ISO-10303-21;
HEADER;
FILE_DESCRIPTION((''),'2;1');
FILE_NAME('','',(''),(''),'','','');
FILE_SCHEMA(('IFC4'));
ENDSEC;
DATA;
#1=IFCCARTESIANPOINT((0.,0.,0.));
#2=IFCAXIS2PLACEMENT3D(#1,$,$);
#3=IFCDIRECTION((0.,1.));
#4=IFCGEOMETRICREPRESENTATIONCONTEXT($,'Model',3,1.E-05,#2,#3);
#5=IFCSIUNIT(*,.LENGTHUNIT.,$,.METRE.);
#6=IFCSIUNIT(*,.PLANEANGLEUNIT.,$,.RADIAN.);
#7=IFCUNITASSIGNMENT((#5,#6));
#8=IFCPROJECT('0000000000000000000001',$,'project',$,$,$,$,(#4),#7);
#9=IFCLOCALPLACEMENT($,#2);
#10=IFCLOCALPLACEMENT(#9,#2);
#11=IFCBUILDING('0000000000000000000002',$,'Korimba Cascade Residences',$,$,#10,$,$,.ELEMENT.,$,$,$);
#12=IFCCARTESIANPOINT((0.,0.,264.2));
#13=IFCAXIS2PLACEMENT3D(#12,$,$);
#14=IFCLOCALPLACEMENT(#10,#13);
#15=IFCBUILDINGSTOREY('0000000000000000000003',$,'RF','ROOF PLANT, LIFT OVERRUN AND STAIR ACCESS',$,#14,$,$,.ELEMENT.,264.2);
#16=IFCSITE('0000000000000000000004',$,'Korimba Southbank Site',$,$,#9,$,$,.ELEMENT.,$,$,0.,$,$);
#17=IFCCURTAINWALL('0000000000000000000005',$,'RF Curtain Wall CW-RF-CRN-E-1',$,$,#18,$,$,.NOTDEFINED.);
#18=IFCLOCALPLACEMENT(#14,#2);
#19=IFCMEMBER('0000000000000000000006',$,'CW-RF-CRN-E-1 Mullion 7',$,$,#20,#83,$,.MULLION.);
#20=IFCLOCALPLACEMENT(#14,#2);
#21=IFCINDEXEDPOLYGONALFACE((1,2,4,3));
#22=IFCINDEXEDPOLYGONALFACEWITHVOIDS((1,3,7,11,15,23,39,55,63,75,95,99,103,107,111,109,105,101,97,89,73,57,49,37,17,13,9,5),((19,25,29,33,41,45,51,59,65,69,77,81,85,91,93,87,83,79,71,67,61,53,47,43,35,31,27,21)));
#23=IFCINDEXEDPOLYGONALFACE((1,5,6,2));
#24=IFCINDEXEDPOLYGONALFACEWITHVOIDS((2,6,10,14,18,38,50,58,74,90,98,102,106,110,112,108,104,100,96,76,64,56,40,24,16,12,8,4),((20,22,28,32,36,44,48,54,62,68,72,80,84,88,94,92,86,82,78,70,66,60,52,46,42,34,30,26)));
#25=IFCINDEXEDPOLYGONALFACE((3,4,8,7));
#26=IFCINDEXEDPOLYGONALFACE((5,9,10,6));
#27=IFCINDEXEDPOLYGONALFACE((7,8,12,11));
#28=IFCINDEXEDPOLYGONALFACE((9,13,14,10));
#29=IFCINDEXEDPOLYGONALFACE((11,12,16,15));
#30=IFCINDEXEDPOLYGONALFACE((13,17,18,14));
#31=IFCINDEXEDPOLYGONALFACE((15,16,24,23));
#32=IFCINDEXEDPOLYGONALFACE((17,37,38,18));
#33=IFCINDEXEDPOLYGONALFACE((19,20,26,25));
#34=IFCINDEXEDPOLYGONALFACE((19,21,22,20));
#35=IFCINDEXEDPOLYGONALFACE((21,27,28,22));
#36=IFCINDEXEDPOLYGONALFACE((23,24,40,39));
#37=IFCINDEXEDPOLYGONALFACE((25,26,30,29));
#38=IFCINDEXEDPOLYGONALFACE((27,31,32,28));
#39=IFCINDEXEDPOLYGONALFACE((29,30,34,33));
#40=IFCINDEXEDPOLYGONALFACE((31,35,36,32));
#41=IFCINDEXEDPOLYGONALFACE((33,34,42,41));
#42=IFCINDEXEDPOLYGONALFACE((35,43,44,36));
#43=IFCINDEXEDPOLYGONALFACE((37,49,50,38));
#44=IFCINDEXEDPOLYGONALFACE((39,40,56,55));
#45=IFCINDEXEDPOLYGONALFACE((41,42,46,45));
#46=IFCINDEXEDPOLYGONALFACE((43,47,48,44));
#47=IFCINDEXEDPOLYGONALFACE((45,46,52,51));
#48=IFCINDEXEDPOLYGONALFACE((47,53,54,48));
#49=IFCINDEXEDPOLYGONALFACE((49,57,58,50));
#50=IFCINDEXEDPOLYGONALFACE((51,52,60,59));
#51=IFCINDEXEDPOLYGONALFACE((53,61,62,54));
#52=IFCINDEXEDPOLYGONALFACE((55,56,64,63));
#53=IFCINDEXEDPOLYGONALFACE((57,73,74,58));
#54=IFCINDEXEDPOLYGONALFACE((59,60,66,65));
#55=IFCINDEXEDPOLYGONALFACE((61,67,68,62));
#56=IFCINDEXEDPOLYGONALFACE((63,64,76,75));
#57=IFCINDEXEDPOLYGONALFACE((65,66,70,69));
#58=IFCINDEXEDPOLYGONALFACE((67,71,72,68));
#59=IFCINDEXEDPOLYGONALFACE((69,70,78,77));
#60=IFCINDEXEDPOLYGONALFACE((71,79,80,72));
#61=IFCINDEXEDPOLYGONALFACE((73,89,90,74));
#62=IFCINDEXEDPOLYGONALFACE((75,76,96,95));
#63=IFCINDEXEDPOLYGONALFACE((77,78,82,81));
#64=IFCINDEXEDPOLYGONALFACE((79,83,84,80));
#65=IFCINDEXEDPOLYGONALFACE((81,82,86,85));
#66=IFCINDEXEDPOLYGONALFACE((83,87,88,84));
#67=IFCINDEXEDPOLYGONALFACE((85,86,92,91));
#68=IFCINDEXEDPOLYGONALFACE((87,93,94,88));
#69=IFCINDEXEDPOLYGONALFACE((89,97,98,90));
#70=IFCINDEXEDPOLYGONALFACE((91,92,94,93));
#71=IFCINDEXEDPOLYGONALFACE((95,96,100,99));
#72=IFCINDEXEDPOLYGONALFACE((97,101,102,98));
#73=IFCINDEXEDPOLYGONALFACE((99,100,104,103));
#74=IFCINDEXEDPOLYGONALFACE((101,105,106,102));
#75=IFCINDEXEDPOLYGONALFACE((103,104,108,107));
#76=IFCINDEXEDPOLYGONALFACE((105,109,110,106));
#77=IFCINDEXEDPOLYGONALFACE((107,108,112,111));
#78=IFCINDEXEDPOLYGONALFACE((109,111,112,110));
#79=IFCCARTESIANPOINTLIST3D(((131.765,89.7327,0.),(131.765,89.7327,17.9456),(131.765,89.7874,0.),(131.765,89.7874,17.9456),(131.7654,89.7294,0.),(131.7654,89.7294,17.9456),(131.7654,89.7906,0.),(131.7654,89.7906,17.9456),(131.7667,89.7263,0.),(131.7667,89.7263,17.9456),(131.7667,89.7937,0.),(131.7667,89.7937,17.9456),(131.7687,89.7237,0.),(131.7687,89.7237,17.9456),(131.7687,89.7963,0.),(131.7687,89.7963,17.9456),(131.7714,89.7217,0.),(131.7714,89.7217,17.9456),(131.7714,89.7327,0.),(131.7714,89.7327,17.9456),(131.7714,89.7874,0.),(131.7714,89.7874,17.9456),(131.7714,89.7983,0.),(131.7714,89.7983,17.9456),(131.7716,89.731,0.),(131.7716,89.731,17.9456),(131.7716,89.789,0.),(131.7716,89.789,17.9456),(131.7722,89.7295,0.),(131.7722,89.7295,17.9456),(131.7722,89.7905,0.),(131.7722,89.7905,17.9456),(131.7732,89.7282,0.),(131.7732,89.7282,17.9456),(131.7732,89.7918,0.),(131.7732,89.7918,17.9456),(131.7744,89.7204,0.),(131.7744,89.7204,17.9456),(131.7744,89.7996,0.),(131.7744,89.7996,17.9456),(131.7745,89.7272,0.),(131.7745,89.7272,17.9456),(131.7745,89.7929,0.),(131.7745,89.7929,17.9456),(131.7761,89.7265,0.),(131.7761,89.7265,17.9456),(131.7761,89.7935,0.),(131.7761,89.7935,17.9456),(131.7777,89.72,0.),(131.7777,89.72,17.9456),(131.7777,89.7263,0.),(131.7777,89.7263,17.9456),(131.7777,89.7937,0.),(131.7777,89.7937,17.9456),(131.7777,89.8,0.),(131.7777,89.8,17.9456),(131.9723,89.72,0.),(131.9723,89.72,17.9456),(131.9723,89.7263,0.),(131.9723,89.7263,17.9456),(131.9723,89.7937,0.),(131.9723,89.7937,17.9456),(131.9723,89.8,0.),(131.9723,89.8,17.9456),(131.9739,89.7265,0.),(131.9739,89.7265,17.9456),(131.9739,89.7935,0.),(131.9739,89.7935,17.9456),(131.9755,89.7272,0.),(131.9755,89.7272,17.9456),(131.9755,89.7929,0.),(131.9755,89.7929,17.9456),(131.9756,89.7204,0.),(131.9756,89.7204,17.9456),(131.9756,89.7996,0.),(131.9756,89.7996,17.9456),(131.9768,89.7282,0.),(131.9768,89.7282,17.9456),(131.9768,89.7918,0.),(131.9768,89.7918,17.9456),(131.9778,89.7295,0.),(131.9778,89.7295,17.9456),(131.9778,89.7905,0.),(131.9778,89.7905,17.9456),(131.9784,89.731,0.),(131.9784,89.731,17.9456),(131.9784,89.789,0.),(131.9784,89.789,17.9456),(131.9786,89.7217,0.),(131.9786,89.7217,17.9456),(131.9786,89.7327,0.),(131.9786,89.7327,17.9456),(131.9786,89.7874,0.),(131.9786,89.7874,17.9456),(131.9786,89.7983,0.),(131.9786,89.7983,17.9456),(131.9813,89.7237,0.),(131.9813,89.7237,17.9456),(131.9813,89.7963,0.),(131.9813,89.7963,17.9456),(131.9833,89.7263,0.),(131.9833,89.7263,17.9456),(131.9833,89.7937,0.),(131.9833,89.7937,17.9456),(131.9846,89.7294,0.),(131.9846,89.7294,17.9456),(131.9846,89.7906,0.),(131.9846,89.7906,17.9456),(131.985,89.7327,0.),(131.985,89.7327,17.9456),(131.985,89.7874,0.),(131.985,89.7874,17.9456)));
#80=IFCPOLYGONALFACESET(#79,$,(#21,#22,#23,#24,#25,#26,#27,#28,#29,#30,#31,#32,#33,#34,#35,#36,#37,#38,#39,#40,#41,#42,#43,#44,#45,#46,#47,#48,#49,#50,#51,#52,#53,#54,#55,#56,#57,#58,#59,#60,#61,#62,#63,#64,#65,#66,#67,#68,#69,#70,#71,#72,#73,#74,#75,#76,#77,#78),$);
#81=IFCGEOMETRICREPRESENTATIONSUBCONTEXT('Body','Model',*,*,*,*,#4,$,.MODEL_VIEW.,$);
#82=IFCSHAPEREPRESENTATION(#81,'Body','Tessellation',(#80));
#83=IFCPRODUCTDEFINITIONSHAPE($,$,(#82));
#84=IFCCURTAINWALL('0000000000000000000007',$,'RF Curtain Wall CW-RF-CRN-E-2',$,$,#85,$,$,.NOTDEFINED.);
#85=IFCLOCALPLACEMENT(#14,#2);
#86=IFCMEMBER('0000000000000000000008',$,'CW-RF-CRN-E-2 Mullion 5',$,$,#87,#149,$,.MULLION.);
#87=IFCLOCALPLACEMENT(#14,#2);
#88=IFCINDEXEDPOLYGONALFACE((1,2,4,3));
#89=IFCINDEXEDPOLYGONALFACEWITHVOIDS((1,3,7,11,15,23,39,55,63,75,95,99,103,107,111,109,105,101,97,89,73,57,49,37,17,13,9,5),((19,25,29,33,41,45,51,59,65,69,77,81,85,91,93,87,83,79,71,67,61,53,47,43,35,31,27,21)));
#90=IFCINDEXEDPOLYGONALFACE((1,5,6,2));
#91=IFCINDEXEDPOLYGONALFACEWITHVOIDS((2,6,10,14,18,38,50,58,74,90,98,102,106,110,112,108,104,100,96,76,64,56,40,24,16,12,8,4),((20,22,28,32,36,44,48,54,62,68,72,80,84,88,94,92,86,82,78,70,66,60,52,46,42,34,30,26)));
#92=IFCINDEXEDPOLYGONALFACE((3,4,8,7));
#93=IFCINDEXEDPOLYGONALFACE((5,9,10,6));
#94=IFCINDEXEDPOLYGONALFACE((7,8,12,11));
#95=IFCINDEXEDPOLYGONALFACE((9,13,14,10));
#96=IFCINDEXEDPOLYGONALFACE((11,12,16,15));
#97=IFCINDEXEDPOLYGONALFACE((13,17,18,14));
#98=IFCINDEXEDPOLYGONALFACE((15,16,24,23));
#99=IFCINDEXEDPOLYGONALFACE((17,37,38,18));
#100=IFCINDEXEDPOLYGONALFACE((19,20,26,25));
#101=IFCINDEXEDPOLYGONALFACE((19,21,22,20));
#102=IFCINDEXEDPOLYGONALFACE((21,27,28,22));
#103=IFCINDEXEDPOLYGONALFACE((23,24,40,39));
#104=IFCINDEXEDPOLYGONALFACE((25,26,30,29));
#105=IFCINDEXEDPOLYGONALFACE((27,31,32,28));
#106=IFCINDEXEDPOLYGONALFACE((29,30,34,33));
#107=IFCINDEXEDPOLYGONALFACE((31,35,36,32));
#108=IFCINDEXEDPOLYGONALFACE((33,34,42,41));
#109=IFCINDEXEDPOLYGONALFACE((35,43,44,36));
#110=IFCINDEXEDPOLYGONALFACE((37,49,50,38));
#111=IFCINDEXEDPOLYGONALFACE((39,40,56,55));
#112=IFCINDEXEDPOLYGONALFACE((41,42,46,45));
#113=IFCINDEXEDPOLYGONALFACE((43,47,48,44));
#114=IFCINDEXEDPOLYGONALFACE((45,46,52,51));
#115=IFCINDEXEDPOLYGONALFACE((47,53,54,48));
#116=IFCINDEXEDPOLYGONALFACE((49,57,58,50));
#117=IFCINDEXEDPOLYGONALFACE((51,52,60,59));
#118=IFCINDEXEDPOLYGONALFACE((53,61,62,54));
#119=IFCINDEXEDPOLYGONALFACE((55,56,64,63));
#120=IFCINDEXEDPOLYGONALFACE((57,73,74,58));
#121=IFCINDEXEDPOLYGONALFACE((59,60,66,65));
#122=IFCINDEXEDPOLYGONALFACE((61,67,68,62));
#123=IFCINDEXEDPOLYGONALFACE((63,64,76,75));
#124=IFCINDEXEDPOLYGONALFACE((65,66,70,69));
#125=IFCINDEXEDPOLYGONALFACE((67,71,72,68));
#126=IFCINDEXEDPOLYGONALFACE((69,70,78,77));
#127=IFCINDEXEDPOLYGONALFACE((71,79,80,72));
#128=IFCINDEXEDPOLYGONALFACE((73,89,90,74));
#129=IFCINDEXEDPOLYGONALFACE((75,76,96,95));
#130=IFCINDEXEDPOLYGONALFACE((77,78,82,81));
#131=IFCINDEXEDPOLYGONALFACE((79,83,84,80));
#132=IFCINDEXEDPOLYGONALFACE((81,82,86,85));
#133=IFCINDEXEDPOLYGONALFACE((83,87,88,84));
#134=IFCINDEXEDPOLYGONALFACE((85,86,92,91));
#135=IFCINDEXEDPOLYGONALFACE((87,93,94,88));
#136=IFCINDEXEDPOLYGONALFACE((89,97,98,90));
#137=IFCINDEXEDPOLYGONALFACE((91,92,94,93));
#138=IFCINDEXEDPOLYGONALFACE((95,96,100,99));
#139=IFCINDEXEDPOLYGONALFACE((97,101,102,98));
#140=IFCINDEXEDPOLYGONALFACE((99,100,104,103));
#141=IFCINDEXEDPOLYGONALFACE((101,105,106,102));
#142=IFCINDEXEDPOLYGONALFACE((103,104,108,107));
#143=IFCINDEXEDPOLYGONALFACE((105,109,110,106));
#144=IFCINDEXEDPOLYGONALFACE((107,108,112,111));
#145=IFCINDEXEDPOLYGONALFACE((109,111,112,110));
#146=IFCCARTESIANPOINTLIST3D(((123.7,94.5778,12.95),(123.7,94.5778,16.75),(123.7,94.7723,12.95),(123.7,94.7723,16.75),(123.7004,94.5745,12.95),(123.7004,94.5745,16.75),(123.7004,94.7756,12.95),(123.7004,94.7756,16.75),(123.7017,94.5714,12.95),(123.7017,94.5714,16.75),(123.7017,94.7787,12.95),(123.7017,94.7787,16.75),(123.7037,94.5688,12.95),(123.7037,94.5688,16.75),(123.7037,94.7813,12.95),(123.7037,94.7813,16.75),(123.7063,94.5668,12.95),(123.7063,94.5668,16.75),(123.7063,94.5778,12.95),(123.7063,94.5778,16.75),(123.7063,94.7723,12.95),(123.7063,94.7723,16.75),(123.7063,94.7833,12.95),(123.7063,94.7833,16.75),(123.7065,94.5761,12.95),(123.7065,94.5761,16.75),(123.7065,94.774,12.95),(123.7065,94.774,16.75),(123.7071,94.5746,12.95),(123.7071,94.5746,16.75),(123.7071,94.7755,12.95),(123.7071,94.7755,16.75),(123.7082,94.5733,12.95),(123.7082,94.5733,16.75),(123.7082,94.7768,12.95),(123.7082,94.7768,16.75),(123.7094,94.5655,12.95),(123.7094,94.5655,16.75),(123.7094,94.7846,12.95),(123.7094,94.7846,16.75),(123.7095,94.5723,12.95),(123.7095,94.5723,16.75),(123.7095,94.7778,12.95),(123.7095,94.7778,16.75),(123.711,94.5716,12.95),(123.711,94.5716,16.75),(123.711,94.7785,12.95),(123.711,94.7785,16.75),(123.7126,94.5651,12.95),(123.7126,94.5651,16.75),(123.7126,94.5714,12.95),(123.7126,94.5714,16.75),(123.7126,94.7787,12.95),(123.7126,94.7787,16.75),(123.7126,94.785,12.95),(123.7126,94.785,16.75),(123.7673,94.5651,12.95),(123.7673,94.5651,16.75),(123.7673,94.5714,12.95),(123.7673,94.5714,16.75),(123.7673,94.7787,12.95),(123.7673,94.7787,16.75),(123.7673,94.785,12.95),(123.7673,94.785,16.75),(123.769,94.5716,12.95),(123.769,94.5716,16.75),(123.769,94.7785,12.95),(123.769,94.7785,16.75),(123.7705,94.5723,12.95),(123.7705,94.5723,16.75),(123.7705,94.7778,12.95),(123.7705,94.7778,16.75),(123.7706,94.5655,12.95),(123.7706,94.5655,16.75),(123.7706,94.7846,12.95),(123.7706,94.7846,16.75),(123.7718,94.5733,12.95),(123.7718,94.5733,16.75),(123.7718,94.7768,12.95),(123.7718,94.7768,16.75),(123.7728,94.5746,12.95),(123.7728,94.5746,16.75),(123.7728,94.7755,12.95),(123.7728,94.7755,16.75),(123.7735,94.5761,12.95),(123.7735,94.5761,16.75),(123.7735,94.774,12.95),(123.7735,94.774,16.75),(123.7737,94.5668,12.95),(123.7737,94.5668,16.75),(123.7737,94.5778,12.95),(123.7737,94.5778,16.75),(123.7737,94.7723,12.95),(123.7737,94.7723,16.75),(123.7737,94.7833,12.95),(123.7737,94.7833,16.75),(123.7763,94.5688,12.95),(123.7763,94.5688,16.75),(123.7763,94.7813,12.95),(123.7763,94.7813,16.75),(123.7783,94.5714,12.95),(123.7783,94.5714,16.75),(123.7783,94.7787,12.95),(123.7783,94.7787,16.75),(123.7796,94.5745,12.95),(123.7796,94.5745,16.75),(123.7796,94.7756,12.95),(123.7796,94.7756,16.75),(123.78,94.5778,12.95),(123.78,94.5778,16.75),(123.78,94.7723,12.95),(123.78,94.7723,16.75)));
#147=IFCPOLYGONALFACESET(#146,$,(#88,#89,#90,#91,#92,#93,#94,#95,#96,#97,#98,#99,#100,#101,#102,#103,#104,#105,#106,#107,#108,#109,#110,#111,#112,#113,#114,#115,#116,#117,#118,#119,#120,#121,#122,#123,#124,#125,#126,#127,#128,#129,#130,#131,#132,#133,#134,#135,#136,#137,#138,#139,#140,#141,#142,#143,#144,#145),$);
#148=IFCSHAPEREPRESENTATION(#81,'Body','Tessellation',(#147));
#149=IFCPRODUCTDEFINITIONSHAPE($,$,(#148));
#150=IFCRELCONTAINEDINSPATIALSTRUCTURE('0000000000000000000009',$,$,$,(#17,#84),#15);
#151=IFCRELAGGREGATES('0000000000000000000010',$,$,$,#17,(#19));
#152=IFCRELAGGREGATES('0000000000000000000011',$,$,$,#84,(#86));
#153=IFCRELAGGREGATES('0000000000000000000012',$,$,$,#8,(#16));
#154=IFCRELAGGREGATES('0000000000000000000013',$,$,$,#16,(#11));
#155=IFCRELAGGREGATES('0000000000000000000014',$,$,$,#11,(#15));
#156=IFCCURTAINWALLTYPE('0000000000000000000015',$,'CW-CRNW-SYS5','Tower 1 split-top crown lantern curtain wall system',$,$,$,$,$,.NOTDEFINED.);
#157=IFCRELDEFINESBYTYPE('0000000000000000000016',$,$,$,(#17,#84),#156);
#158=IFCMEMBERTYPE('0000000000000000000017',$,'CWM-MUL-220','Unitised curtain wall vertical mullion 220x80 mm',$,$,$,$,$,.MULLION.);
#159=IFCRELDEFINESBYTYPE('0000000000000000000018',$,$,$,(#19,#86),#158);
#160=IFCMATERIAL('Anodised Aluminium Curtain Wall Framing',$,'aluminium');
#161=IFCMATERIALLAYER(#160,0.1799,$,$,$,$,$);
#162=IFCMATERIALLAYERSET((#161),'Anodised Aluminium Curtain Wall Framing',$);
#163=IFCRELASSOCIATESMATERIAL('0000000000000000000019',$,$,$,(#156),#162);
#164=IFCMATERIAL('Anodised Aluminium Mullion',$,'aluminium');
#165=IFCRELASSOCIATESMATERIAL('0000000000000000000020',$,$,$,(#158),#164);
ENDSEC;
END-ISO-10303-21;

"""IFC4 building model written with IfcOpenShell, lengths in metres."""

from ifc_helpers import new_model, si_unit, direction, frame, origin, origin_2d, place, context, subcontext, project, spatial, hollow_rectangle, extrude, material, layer, layer_set, material_profile, profile_set, type_object, element, aggregate, save


model = new_model("IFC4")

# Units and contexts
model_context = context("Model", 3, precision=1e-05, world=origin(), true_north=direction((0.0, 1.0)))
body_context = subcontext(model_context, "Body", "Model", "MODEL_VIEW")
ifc_project = project(units=[si_unit("LENGTHUNIT", "METRE"), si_unit("PLANEANGLEUNIT", "RADIAN")], contexts=[model_context])

# Site, building, storey
site_placement = place(None, origin())
site = spatial("IfcSite", under=ifc_project, at=site_placement, Name="Korimba Southbank Site", CompositionType="ELEMENT", RefElevation=0.0)
building_placement = place(site_placement, origin())
building = spatial("IfcBuilding", under=site, at=building_placement, Name="Korimba Cascade Residences", CompositionType="ELEMENT")
storey_placement = place(building_placement, frame((0.0, 0.0, 264.2)))
storey = spatial("IfcBuildingStorey", under=building, at=storey_placement, Name="RF", Description="ROOF PLANT, LIFT OVERRUN AND STAIR ACCESS", CompositionType="ELEMENT", Elevation=264.2)

# Curtain wall, member
ifc_material_1 = material(Name="Anodised Aluminium Curtain Wall Framing", Category="aluminium")
ifc_layer_1 = layer(ifc_material_1, 0.1799)
ifc_layer_set_1 = layer_set([ifc_layer_1], Name="Anodised Aluminium Curtain Wall Framing")
curtain_wall_type = type_object("IfcCurtainWallType", Name="CW-CRNW-SYS5", Description="Tower 1 split-top crown lantern curtain wall system", PredefinedType="NOTDEFINED", material=ifc_layer_set_1)
curtain_wall_1_placement = place(storey_placement, origin())
curtain_wall_1 = element("IfcCurtainWall", 1, at=curtain_wall_1_placement, inside=storey, type_object=curtain_wall_type, Name="RF Curtain Wall CW-RF-CRN-E-1", PredefinedType="NOTDEFINED")
ifc_material_2 = material(Name="Anodised Aluminium Mullion", Category="aluminium")
ifc_material_profile_1 = material_profile(ifc_material_2, hollow_rectangle(XDim=0.0801, YDim=0.22, WallThickness=0.0063, InnerFilletRadius=0.0063, OuterFilletRadius=0.0127, at=origin_2d()), Name="Anodised Aluminium Mullion")
ifc_profile_set_1 = profile_set([ifc_material_profile_1], Name="Anodised Aluminium Mullion")
member_type_1 = type_object("IfcMemberType", Name="CWM-MUL-220", Description="Unitised curtain wall vertical mullion 220x80 mm", PredefinedType="MULLION", material=ifc_profile_set_1)
member_1_placement = place(storey_placement, frame((131.875, 89.76, 0.0), z_axis=(0.0, 0.0, 1.0), x_axis=(0.0, 1.0, 0.0)))
member_1 = element("IfcMember", 2, at=member_1_placement, type_object=member_type_1, Name="CW-RF-CRN-E-1 Mullion 7", PredefinedType="MULLION", context=body_context, shape_type="SweptSolid", body=[
    extrude(hollow_rectangle(XDim=0.0801, YDim=0.22, WallThickness=0.0063, InnerFilletRadius=0.0063, OuterFilletRadius=0.0127, at=origin_2d()), origin(), (0.0, 0.0, 1.0), 17.9456),
])
aggregate(curtain_wall_1, [member_1])

# Curtain wall, member
curtain_wall_2_placement = place(storey_placement, origin())
curtain_wall_2 = element("IfcCurtainWall", 3, at=curtain_wall_2_placement, inside=storey, type_object=curtain_wall_type, Name="RF Curtain Wall CW-RF-CRN-E-2", PredefinedType="NOTDEFINED")
member_2_placement = place(storey_placement, frame((123.74, 94.675, 12.95), z_axis=(0.0, 0.0, 1.0), x_axis=(1.0, 0.0, 0.0)))
member_2 = element("IfcMember", 4, at=member_2_placement, type_object=member_type_1, Name="CW-RF-CRN-E-2 Mullion 5", PredefinedType="MULLION", context=body_context, shape_type="SweptSolid", body=[
    extrude(hollow_rectangle(XDim=0.0801, YDim=0.22, WallThickness=0.0063, InnerFilletRadius=0.0063, OuterFilletRadius=0.0127, at=origin_2d()), origin(), (0.0, 0.0, 1.0), 3.8),
])

aggregate(curtain_wall_2, [member_2])

save(model, "model.ifc")
